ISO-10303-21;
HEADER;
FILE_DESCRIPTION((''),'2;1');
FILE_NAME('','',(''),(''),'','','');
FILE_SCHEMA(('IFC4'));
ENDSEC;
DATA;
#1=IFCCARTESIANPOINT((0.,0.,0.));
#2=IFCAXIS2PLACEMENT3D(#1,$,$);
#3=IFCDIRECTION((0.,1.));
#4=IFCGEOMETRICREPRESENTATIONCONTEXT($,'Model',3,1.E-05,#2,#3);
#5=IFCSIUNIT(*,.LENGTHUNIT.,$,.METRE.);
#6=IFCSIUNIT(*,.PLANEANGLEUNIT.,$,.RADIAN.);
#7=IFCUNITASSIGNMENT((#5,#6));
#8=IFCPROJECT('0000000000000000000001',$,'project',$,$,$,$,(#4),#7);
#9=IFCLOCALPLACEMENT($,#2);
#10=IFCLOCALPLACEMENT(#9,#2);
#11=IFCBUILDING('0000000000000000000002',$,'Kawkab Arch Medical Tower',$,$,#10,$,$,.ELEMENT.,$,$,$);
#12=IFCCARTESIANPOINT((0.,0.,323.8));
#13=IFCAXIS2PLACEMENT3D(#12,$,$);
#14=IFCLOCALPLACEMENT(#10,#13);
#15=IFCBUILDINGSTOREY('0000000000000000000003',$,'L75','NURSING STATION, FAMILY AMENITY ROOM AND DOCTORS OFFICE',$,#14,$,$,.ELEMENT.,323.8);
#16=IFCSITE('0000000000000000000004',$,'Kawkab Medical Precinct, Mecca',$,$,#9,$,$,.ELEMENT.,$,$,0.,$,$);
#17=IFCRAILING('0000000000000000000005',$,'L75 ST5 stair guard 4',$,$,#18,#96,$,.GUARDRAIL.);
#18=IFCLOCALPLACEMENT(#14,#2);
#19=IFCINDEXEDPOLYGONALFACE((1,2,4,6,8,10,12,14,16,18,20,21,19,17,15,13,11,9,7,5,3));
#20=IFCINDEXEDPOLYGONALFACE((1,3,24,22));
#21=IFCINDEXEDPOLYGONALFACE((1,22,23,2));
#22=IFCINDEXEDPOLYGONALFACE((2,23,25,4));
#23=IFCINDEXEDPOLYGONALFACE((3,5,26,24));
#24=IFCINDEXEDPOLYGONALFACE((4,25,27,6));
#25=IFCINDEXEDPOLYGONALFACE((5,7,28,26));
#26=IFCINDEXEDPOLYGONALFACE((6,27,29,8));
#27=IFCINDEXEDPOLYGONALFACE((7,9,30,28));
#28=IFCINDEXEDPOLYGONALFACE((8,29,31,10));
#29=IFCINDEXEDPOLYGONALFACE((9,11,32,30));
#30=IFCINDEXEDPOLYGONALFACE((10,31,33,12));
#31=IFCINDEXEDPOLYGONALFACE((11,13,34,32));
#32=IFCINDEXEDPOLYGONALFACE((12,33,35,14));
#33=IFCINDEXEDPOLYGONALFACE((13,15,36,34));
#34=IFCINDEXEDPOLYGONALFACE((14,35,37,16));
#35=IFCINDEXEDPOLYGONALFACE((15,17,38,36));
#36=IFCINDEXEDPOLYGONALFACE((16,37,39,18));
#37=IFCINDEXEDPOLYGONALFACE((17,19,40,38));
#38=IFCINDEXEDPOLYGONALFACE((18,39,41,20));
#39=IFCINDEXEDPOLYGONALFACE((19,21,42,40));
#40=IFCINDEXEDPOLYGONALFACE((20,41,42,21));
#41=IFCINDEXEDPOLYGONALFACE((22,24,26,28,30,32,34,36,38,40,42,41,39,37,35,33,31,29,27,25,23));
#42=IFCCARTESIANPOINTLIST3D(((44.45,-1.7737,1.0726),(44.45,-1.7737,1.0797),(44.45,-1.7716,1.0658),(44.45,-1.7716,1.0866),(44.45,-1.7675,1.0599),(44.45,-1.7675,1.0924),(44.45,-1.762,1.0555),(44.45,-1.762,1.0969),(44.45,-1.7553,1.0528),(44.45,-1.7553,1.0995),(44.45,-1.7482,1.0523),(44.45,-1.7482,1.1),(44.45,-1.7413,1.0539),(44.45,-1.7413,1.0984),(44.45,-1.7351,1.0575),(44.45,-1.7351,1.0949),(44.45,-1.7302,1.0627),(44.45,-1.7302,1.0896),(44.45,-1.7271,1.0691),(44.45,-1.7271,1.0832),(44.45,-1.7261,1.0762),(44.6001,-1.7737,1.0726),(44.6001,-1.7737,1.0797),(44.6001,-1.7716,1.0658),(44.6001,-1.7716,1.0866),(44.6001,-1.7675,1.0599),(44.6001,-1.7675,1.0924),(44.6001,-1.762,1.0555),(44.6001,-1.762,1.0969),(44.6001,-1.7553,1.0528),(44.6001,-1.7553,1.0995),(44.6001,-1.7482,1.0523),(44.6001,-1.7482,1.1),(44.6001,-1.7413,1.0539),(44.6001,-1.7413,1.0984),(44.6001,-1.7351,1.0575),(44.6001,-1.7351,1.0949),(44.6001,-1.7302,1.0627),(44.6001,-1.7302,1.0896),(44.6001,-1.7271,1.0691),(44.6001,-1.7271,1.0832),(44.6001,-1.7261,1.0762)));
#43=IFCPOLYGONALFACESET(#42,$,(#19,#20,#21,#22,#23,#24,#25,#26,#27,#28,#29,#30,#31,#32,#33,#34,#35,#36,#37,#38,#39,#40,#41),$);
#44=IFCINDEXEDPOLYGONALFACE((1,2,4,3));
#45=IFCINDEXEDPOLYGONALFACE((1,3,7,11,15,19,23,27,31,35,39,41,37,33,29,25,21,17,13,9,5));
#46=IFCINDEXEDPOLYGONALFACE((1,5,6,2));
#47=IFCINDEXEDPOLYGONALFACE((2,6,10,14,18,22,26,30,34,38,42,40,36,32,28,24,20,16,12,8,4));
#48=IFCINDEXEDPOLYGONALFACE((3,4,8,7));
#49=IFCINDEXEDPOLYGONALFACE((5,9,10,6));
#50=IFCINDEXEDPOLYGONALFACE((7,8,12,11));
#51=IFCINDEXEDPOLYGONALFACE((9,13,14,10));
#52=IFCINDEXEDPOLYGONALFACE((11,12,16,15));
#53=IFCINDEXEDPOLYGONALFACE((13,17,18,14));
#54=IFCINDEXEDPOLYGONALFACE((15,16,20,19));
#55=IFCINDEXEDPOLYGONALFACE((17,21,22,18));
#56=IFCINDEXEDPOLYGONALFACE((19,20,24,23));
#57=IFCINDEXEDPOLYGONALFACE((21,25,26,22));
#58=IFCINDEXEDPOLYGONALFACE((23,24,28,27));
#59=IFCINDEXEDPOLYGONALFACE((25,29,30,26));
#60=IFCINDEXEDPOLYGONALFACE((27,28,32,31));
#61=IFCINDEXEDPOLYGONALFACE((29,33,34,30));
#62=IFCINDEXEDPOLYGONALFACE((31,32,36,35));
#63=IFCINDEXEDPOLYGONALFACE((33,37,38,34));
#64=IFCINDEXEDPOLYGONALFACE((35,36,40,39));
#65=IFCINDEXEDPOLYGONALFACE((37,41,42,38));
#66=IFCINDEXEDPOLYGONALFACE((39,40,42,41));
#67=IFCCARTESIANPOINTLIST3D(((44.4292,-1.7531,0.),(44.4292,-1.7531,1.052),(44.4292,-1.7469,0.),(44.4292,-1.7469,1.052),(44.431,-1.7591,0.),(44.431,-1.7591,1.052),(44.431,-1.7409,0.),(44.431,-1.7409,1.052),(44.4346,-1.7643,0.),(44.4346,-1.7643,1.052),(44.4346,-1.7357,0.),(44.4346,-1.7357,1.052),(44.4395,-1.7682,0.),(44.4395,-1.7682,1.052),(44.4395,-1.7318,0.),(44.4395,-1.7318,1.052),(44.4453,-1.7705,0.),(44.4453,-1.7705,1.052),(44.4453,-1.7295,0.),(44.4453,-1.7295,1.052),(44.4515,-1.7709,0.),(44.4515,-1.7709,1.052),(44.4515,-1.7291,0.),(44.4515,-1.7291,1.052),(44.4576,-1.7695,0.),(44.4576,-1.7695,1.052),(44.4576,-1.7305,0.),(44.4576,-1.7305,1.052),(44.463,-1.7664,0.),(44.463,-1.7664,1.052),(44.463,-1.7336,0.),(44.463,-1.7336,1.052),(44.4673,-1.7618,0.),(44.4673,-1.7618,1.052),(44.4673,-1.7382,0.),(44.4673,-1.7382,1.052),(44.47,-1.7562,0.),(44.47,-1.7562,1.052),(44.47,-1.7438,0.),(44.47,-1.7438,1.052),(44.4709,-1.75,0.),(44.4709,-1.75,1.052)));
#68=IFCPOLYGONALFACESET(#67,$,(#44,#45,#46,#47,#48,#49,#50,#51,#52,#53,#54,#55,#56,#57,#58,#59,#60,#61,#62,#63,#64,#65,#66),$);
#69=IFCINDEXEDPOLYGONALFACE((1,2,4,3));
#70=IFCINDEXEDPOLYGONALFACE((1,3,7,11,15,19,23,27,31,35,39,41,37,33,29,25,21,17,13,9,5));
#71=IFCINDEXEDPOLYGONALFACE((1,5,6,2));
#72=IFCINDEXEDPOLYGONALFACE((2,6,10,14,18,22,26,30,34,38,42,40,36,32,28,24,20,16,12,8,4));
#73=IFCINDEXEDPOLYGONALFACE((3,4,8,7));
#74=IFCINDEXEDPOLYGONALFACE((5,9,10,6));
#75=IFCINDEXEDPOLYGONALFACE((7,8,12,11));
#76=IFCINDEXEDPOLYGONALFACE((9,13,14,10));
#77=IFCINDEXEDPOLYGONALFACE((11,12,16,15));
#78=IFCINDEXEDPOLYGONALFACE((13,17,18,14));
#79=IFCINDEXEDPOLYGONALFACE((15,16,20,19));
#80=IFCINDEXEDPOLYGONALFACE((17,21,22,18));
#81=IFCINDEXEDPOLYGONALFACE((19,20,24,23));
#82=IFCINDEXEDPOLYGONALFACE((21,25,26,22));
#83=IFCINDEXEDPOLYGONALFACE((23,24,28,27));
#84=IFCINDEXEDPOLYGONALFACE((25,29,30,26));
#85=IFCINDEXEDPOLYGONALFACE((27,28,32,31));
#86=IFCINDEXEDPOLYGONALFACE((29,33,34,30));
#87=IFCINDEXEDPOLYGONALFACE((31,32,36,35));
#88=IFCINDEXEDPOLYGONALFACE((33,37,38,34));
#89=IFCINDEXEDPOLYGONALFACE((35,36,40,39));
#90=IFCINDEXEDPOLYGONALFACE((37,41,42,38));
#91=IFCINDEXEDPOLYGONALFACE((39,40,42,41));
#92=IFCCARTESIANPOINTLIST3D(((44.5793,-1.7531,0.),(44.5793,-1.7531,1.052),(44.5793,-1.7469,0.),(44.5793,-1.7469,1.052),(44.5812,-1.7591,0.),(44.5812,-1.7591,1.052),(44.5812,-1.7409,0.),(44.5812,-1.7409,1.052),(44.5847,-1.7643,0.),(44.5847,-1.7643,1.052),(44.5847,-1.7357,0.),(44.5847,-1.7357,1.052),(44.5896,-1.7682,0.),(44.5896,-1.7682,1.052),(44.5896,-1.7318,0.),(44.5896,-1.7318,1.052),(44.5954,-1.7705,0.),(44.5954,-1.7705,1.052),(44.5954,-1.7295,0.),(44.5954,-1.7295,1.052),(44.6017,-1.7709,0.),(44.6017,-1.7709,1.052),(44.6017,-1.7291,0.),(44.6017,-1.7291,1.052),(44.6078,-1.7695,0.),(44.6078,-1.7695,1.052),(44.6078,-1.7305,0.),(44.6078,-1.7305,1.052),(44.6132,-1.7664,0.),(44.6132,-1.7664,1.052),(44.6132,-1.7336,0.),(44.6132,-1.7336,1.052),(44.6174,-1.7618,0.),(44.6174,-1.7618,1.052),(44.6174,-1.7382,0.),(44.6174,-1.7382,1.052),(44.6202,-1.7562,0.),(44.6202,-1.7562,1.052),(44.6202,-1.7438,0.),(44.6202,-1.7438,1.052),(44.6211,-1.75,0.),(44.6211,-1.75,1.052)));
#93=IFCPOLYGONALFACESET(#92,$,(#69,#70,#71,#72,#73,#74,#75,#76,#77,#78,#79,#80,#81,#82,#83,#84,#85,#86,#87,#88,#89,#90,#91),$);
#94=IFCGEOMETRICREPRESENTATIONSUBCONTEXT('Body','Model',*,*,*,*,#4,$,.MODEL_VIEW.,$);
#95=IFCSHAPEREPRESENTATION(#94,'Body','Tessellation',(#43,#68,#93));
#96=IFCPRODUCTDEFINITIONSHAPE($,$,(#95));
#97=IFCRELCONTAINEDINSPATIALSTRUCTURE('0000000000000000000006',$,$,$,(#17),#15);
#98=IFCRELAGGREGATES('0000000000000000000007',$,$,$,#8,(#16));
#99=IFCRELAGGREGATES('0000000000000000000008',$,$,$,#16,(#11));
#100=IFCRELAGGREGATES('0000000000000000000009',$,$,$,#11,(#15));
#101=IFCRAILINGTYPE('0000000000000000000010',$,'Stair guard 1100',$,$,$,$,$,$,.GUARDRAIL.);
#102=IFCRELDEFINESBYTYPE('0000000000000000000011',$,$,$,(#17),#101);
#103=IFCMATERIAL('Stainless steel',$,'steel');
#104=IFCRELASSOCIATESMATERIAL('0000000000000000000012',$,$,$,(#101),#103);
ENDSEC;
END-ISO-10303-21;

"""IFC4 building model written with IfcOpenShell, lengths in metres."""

from ifc_helpers import new_model, si_unit, direction, frame, origin, origin_2d, place, context, subcontext, project, spatial, circle, extrude, material, type_object, element, save


model = new_model("IFC4")

# Units and contexts
model_context = context("Model", 3, precision=1e-05, world=origin(), true_north=direction((0.0, 1.0)))
body_context = subcontext(model_context, "Body", "Model", "MODEL_VIEW")
ifc_project = project(units=[si_unit("LENGTHUNIT", "METRE"), si_unit("PLANEANGLEUNIT", "RADIAN")], contexts=[model_context])

# Site, building, storey
site_placement = place(None, origin())
site = spatial("IfcSite", under=ifc_project, at=site_placement, Name="Kawkab Medical Precinct, Mecca", CompositionType="ELEMENT", RefElevation=0.0)
building_placement = place(site_placement, origin())
building = spatial("IfcBuilding", under=site, at=building_placement, Name="Kawkab Arch Medical Tower", CompositionType="ELEMENT")
storey_placement = place(building_placement, frame((0.0, 0.0, 323.8)))
storey = spatial("IfcBuildingStorey", under=building, at=storey_placement, Name="L75", Description="NURSING STATION, FAMILY AMENITY ROOM AND DOCTORS OFFICE", CompositionType="ELEMENT", Elevation=323.8)

# Railing
ifc_material_1 = material(Name="Stainless steel", Category="steel")
railing_type = type_object("IfcRailingType", Name="Stair guard 1100", PredefinedType="GUARDRAIL", material=ifc_material_1)
railing_1_placement = place(storey_placement, frame((44.45, -1.75, 0.0)))
element("IfcRailing", 1, at=railing_1_placement, inside=storey, type_object=railing_type, Name="L75 ST5 stair guard 4", PredefinedType="GUARDRAIL", context=body_context, shape_type="SweptSolid", body=[
    extrude(circle(Radius=0.0239, at=origin_2d()), frame((0.0, 0.0, 1.0762), z_axis=(1.0, 0.0, 0.0), x_axis=(0.0, 1.0, 0.0)), (0.0, 0.0, 1.0), 0.1501),
    extrude(circle(Radius=0.021, at=origin_2d()), origin(), (0.0, 0.0, 1.0), 1.052),
    extrude(circle(Radius=0.021, at=origin_2d()), frame((0.1501, 0.0, 0.0)), (0.0, 0.0, 1.0), 1.052),
])

save(model, "model.ifc")
